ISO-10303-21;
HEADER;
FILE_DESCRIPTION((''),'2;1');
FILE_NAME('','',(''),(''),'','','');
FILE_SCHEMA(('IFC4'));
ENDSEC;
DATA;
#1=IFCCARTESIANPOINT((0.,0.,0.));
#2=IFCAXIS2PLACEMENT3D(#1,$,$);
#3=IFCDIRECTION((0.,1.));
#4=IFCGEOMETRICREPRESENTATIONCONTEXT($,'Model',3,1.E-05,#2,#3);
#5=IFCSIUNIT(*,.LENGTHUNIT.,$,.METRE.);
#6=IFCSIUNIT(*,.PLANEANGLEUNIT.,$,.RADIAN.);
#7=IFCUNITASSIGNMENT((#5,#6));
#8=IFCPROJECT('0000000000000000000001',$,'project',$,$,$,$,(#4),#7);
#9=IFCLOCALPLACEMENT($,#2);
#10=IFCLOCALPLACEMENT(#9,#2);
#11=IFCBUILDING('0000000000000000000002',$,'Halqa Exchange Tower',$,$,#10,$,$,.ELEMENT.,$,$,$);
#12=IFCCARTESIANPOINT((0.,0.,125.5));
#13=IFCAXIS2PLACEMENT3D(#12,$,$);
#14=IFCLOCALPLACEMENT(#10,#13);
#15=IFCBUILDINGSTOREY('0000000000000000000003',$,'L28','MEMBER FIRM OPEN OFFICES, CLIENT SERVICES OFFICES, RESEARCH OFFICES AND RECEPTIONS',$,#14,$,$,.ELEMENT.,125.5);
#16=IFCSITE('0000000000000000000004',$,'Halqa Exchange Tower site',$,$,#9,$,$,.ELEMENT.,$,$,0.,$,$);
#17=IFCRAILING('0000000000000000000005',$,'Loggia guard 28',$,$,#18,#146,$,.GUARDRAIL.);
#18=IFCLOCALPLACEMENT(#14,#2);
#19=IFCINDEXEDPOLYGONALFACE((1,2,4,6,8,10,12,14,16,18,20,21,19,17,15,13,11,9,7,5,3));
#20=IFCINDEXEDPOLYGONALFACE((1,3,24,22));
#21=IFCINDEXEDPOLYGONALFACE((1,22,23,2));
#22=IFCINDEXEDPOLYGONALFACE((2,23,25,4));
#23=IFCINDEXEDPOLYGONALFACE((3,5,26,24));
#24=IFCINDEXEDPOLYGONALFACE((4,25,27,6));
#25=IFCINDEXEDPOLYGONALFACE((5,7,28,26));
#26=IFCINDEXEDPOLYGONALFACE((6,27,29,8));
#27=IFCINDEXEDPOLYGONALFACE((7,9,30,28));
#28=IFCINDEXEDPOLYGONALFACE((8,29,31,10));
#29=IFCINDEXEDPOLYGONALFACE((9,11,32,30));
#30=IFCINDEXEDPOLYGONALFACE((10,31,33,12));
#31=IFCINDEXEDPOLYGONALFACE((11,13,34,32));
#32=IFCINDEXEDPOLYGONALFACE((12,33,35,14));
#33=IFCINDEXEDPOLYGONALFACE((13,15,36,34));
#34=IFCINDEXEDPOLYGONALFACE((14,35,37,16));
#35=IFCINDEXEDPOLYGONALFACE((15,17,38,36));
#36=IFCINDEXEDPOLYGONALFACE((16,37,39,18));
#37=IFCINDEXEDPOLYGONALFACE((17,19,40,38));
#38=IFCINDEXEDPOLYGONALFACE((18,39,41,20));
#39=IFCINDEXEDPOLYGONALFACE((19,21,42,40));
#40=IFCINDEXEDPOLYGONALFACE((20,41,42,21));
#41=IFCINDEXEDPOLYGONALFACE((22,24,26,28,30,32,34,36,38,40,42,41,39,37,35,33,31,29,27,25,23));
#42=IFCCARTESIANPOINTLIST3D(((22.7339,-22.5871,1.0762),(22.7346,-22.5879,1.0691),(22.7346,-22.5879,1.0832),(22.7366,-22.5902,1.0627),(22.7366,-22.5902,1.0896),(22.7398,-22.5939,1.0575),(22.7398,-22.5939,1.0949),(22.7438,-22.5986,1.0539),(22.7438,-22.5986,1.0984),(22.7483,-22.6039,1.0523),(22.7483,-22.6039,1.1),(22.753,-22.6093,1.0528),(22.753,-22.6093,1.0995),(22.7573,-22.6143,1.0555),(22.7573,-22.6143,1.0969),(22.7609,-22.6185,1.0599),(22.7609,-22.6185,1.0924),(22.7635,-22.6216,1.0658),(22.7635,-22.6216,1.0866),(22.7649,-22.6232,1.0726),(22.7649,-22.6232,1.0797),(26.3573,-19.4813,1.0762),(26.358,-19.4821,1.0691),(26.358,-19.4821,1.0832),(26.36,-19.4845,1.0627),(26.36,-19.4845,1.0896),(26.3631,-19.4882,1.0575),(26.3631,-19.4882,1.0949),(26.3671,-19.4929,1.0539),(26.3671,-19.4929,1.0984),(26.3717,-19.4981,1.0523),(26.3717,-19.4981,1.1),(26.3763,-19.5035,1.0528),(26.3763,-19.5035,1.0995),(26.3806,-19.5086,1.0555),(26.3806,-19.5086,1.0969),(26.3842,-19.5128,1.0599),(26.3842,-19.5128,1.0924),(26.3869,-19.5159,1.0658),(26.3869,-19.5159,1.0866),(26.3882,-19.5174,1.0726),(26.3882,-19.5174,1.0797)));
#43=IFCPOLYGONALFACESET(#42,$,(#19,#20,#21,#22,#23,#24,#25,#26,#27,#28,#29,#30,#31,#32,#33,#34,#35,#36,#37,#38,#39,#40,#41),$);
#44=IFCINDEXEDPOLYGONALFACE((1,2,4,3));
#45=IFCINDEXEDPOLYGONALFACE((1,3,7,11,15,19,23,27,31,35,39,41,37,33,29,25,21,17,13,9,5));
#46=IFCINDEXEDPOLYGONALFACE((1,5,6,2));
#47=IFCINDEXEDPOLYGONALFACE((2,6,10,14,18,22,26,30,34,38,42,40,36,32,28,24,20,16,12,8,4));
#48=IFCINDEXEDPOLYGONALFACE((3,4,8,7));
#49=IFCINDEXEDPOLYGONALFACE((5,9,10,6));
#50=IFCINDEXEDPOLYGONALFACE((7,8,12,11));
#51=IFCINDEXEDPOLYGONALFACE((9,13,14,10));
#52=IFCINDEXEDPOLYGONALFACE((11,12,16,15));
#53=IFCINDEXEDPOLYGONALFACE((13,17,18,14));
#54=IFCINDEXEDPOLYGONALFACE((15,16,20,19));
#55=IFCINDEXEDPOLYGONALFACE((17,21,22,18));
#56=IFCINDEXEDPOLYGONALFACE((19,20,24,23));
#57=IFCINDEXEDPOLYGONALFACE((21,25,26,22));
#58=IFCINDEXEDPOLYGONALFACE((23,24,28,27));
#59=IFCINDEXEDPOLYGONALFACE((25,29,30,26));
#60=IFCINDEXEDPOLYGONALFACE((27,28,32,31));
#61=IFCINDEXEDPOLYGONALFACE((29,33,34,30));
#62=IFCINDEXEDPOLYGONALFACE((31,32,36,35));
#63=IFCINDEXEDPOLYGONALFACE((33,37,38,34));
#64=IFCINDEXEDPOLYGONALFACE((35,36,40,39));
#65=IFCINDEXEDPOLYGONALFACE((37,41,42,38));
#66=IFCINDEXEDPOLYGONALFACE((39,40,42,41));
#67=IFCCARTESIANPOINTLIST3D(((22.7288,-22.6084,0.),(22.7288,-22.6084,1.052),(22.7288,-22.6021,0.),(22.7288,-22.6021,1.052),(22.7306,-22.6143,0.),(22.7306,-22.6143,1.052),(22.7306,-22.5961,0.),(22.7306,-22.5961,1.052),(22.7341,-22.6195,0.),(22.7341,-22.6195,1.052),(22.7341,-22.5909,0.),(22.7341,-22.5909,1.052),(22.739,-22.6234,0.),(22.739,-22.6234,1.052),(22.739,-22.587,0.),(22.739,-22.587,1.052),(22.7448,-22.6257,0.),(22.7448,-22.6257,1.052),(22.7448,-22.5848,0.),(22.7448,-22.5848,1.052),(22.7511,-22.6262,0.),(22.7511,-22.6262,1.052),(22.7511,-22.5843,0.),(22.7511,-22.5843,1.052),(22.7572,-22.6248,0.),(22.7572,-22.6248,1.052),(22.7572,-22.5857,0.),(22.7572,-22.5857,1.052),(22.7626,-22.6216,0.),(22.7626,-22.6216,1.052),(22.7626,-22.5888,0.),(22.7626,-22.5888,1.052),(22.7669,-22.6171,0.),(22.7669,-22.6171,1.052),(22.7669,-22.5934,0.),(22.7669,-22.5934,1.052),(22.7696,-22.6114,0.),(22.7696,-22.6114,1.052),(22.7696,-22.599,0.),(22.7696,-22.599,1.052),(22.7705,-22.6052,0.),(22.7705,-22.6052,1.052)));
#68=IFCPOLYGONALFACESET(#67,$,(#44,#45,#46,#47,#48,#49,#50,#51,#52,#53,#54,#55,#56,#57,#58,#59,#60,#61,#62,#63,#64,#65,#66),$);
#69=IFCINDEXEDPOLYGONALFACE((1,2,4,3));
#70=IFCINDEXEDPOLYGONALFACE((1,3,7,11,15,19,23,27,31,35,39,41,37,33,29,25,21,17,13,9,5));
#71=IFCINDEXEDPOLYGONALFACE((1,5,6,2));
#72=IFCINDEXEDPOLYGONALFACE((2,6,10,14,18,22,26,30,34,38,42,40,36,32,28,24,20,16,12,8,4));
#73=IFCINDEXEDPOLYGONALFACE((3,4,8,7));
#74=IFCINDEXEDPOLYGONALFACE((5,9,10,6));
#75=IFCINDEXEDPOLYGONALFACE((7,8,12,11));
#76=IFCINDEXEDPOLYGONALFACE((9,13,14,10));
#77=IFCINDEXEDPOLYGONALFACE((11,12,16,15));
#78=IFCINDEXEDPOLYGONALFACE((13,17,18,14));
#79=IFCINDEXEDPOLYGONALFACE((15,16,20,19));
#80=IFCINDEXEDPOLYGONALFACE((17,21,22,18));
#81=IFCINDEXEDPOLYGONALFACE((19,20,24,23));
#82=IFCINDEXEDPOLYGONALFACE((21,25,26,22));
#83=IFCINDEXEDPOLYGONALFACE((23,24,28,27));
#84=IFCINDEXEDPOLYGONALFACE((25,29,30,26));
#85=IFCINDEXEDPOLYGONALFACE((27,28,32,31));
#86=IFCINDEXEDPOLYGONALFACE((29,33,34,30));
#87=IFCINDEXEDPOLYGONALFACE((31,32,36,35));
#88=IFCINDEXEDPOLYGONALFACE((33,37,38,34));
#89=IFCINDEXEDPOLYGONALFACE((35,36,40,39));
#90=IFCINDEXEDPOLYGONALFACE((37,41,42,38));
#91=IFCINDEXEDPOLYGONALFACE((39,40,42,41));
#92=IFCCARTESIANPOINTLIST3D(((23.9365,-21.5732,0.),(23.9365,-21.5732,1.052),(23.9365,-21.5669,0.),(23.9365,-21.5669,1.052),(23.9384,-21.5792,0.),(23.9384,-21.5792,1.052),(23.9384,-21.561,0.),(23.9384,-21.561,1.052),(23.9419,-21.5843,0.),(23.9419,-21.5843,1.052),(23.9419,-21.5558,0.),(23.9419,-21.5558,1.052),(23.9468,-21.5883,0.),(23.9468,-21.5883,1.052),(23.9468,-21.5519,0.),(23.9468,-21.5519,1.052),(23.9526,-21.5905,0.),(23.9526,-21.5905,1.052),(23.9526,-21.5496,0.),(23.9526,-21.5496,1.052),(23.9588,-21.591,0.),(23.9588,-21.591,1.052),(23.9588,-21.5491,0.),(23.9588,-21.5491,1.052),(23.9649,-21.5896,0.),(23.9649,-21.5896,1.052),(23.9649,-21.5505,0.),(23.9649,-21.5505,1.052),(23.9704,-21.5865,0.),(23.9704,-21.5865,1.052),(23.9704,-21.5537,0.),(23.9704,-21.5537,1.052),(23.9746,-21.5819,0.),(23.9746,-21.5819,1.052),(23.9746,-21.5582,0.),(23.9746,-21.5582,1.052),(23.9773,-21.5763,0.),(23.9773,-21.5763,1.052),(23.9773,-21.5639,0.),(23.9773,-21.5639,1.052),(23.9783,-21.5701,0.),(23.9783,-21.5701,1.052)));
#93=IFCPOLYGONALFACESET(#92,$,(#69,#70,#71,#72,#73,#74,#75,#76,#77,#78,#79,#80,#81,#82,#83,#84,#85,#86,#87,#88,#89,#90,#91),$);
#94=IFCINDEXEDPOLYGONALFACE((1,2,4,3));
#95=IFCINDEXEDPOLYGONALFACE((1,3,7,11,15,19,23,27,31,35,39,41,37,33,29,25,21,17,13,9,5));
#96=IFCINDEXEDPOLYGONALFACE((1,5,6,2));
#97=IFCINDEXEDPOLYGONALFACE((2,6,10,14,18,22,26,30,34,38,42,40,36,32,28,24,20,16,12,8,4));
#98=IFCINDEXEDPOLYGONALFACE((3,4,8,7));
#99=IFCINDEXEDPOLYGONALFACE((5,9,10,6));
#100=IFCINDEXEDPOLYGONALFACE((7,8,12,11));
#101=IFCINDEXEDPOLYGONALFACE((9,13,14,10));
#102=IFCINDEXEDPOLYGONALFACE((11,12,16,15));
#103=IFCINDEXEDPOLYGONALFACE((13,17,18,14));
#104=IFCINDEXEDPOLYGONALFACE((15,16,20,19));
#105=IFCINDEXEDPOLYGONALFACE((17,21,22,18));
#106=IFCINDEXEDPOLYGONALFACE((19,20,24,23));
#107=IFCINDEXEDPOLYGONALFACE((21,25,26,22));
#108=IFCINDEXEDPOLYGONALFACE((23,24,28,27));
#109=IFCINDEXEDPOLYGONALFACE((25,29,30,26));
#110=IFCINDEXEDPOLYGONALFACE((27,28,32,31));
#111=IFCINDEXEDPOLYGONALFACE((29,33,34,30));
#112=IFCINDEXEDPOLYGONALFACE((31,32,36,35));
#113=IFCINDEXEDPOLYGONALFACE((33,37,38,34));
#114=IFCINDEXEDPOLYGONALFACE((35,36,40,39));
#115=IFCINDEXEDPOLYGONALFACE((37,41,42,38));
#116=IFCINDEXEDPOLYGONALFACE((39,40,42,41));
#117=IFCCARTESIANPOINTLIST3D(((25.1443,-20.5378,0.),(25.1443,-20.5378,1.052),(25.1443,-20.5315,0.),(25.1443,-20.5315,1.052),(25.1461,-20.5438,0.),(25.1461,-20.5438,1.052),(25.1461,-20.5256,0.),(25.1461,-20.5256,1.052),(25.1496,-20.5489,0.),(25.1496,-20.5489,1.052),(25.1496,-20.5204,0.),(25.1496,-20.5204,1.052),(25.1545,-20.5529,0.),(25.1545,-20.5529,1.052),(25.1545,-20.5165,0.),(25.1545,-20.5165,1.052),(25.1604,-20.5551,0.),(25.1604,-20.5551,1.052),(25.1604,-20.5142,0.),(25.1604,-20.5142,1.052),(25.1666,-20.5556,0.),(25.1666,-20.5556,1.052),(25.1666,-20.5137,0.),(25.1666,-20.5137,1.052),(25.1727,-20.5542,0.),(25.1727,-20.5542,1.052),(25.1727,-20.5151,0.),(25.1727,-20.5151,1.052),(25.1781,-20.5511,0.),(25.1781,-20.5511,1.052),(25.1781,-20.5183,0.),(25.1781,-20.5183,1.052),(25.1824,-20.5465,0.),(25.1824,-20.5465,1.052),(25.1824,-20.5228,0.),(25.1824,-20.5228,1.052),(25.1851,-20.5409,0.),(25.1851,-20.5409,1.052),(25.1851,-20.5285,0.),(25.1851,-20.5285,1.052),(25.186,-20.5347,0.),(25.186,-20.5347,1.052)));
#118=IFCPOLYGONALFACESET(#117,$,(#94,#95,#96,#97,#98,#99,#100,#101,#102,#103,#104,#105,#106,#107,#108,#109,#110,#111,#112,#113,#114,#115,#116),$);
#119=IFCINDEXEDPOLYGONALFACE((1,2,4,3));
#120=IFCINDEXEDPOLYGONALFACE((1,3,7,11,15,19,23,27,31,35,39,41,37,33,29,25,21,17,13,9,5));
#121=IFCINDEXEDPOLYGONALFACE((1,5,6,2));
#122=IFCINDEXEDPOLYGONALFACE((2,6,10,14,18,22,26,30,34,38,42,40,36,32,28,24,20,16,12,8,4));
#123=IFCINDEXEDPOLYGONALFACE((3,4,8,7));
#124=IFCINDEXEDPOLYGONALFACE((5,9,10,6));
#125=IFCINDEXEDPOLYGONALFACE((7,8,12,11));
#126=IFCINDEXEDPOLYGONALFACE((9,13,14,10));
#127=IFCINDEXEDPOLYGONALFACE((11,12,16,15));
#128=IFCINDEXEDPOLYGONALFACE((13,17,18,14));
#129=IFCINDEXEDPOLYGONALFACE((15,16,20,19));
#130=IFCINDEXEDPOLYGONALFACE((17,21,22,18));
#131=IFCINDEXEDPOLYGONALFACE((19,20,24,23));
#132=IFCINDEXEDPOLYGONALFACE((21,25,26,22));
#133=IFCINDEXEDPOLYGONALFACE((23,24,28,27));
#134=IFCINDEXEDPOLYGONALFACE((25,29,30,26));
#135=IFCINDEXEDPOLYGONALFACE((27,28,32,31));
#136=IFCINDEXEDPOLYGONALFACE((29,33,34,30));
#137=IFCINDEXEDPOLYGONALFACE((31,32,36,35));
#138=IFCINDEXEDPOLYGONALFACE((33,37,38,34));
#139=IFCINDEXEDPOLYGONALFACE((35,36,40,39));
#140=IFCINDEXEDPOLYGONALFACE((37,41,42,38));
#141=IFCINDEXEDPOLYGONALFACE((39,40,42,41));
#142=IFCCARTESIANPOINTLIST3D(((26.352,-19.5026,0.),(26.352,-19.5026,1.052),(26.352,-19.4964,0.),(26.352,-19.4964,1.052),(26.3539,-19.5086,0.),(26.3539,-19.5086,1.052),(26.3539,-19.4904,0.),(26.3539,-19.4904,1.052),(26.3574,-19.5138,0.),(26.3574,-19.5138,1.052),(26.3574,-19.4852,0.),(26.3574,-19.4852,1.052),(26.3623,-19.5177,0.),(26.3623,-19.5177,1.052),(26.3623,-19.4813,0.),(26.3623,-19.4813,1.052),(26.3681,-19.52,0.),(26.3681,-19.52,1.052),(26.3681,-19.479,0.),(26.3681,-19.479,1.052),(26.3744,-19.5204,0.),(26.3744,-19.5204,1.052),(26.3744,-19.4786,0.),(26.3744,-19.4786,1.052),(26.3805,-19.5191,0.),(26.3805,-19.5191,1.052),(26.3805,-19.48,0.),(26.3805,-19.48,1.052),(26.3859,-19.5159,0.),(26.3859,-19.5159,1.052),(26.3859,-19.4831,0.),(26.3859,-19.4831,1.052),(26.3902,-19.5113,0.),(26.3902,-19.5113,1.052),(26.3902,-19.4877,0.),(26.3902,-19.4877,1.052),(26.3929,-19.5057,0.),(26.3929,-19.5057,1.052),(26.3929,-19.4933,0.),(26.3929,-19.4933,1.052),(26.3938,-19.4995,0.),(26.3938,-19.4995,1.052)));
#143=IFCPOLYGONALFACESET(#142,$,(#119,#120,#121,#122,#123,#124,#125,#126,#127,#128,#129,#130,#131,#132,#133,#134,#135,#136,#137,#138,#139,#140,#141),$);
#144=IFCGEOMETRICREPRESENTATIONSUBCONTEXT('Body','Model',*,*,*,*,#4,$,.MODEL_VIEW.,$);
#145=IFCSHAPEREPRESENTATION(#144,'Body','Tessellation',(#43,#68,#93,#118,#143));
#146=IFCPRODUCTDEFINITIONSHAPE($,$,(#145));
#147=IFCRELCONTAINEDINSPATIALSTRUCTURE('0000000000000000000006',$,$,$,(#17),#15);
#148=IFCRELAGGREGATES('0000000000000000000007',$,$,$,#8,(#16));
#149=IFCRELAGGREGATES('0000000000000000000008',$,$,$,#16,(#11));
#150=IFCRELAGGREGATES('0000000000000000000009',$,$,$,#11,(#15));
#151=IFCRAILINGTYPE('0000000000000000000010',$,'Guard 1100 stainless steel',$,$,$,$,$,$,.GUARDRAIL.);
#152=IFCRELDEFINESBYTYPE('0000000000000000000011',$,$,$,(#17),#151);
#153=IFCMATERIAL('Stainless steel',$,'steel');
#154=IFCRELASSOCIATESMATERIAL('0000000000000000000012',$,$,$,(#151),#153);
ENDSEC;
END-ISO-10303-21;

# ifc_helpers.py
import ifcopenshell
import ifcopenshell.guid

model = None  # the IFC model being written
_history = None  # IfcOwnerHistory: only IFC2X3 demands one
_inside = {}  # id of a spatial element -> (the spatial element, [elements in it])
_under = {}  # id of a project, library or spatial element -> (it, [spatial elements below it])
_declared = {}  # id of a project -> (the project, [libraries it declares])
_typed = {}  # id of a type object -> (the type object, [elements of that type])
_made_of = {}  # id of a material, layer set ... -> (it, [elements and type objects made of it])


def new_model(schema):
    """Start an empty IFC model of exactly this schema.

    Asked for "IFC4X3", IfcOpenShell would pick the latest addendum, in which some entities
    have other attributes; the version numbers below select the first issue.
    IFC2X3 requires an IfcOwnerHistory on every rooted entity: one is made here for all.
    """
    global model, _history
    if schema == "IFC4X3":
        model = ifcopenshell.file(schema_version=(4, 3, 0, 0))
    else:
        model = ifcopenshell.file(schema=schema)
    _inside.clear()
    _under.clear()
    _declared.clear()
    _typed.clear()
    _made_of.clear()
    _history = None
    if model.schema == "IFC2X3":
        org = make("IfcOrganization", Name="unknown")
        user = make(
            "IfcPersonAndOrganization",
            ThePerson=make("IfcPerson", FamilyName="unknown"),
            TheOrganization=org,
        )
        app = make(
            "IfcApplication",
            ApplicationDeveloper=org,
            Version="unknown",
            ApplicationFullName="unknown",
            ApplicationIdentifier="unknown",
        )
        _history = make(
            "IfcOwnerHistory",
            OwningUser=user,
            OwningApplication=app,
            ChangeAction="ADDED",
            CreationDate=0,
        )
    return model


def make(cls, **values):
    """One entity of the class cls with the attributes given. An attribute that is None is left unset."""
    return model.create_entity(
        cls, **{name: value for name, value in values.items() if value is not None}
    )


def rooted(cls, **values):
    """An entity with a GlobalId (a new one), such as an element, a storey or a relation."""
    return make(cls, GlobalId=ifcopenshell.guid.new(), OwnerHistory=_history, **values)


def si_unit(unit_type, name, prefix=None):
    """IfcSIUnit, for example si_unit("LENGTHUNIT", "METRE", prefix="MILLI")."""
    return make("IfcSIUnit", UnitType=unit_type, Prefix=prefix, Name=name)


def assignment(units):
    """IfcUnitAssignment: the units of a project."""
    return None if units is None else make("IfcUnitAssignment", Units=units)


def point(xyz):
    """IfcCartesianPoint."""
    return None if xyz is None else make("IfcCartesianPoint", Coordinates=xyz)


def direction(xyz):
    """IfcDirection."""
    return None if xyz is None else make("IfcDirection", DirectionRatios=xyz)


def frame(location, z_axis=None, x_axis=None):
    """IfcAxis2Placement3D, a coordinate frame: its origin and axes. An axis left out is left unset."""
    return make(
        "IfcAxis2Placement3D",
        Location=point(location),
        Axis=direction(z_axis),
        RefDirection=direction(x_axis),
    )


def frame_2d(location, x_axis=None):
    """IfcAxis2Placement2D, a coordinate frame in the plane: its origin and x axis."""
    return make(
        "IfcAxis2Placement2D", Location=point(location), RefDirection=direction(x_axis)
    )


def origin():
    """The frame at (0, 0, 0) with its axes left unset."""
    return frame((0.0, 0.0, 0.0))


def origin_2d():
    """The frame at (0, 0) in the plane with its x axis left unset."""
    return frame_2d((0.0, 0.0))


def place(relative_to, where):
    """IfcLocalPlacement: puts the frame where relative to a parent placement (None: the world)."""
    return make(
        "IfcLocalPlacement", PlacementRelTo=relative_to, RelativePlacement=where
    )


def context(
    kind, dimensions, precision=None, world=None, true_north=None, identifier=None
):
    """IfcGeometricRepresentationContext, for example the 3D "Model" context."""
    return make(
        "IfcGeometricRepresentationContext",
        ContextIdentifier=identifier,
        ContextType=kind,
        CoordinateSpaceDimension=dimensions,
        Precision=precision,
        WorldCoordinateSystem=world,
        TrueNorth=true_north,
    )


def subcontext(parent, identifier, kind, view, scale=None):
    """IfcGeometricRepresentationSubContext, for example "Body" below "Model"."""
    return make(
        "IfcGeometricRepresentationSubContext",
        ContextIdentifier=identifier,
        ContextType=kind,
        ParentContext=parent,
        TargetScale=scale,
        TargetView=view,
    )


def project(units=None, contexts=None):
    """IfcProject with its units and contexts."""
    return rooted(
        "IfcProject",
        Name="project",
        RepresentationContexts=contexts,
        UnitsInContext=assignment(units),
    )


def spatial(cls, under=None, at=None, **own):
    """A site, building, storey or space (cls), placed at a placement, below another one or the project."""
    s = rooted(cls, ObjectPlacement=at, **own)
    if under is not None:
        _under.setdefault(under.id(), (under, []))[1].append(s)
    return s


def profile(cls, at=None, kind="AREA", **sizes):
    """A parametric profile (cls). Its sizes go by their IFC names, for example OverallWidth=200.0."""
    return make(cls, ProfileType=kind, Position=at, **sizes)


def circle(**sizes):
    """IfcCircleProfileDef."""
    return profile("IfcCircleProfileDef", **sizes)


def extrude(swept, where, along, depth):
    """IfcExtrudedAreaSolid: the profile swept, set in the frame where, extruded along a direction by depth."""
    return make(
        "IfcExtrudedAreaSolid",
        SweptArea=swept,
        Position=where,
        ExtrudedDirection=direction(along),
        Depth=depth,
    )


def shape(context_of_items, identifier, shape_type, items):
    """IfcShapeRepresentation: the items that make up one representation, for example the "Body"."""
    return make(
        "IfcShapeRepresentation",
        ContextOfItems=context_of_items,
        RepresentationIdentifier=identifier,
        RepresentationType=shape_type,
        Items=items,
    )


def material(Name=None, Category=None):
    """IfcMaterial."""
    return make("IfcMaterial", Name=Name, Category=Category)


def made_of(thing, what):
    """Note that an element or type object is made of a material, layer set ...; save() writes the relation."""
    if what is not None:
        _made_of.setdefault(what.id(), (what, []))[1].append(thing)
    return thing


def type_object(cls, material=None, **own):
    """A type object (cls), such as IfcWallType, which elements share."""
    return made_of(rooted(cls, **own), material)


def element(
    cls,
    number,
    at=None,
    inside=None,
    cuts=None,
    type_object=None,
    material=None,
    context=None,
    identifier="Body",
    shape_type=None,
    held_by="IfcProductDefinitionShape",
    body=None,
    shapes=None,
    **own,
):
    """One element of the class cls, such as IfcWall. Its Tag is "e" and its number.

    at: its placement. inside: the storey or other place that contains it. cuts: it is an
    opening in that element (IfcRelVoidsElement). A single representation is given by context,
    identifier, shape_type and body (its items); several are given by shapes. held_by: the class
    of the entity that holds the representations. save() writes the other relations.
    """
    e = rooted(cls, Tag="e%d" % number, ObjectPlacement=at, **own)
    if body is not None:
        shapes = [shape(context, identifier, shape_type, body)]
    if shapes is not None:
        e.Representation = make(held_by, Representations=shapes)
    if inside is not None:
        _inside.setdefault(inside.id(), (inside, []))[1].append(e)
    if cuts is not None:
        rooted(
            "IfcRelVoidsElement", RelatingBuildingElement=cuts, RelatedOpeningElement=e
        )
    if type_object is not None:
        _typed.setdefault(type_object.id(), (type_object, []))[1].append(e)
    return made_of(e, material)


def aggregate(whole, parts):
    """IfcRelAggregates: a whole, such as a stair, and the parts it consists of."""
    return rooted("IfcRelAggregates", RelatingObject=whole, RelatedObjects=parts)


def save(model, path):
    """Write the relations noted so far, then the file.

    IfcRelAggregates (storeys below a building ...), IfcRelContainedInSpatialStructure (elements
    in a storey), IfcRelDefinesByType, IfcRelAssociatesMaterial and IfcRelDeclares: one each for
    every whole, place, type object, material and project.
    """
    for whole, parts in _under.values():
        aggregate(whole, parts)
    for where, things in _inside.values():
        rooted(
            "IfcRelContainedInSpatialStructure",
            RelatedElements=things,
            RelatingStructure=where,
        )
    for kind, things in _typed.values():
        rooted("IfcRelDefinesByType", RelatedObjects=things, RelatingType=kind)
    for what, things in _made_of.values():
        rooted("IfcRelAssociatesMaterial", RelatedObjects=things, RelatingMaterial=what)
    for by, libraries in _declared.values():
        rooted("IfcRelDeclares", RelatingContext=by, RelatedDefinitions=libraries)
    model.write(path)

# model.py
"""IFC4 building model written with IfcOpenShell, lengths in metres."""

from ifc_helpers import new_model, si_unit, direction, frame, origin, origin_2d, place, context, subcontext, project, spatial, circle, extrude, material, type_object, element, save


model = new_model("IFC4")

# Units and contexts
model_context = context("Model", 3, precision=1e-05, world=origin(), true_north=direction((0.0, 1.0)))
body_context = subcontext(model_context, "Body", "Model", "MODEL_VIEW")
ifc_project = project(units=[si_unit("LENGTHUNIT", "METRE"), si_unit("PLANEANGLEUNIT", "RADIAN")], contexts=[model_context])

# Site, building, storey
site_placement = place(None, origin())
site = spatial("IfcSite", under=ifc_project, at=site_placement, Name="Halqa Exchange Tower site", CompositionType="ELEMENT", RefElevation=0.0)
building_placement = place(site_placement, origin())
building = spatial("IfcBuilding", under=site, at=building_placement, Name="Halqa Exchange Tower", CompositionType="ELEMENT")
storey_placement = place(building_placement, frame((0.0, 0.0, 125.5)))
storey = spatial("IfcBuildingStorey", under=building, at=storey_placement, Name="L28", Description="MEMBER FIRM OPEN OFFICES, CLIENT SERVICES OFFICES, RESEARCH OFFICES AND RECEPTIONS", CompositionType="ELEMENT", Elevation=125.5)

# Railing
ifc_material_1 = material(Name="Stainless steel", Category="steel")
railing_type = type_object("IfcRailingType", Name="Guard 1100 stainless steel", PredefinedType="GUARDRAIL", material=ifc_material_1)
railing_1_placement = place(storey_placement, frame((22.7495, -22.6052, 0.0)))
element("IfcRailing", 1, at=railing_1_placement, inside=storey, type_object=railing_type, Name="Loggia guard 28", PredefinedType="GUARDRAIL", context=body_context, shape_type="SweptSolid", body=[
    extrude(circle(Radius=0.0239, at=origin_2d()), frame((0.0, 0.0, 1.0762), z_axis=(0.759253, 0.650796, 0.0), x_axis=(-0.650796, 0.759253, 0.0)), (0.0, 0.0, 1.0), 4.7722),
    extrude(circle(Radius=0.021, at=origin_2d()), origin(), (0.0, 0.0, 1.0), 1.052),
    extrude(circle(Radius=0.021, at=origin_2d()), frame((1.2078, 1.0352, 0.0)), (0.0, 0.0, 1.0), 1.052),
    extrude(circle(Radius=0.021, at=origin_2d()), frame((2.4155, 2.0706, 0.0)), (0.0, 0.0, 1.0), 1.052),
    extrude(circle(Radius=0.021, at=origin_2d()), frame((3.6233, 3.1057, 0.0)), (0.0, 0.0, 1.0), 1.052),
])

save(model, "model.ifc")
